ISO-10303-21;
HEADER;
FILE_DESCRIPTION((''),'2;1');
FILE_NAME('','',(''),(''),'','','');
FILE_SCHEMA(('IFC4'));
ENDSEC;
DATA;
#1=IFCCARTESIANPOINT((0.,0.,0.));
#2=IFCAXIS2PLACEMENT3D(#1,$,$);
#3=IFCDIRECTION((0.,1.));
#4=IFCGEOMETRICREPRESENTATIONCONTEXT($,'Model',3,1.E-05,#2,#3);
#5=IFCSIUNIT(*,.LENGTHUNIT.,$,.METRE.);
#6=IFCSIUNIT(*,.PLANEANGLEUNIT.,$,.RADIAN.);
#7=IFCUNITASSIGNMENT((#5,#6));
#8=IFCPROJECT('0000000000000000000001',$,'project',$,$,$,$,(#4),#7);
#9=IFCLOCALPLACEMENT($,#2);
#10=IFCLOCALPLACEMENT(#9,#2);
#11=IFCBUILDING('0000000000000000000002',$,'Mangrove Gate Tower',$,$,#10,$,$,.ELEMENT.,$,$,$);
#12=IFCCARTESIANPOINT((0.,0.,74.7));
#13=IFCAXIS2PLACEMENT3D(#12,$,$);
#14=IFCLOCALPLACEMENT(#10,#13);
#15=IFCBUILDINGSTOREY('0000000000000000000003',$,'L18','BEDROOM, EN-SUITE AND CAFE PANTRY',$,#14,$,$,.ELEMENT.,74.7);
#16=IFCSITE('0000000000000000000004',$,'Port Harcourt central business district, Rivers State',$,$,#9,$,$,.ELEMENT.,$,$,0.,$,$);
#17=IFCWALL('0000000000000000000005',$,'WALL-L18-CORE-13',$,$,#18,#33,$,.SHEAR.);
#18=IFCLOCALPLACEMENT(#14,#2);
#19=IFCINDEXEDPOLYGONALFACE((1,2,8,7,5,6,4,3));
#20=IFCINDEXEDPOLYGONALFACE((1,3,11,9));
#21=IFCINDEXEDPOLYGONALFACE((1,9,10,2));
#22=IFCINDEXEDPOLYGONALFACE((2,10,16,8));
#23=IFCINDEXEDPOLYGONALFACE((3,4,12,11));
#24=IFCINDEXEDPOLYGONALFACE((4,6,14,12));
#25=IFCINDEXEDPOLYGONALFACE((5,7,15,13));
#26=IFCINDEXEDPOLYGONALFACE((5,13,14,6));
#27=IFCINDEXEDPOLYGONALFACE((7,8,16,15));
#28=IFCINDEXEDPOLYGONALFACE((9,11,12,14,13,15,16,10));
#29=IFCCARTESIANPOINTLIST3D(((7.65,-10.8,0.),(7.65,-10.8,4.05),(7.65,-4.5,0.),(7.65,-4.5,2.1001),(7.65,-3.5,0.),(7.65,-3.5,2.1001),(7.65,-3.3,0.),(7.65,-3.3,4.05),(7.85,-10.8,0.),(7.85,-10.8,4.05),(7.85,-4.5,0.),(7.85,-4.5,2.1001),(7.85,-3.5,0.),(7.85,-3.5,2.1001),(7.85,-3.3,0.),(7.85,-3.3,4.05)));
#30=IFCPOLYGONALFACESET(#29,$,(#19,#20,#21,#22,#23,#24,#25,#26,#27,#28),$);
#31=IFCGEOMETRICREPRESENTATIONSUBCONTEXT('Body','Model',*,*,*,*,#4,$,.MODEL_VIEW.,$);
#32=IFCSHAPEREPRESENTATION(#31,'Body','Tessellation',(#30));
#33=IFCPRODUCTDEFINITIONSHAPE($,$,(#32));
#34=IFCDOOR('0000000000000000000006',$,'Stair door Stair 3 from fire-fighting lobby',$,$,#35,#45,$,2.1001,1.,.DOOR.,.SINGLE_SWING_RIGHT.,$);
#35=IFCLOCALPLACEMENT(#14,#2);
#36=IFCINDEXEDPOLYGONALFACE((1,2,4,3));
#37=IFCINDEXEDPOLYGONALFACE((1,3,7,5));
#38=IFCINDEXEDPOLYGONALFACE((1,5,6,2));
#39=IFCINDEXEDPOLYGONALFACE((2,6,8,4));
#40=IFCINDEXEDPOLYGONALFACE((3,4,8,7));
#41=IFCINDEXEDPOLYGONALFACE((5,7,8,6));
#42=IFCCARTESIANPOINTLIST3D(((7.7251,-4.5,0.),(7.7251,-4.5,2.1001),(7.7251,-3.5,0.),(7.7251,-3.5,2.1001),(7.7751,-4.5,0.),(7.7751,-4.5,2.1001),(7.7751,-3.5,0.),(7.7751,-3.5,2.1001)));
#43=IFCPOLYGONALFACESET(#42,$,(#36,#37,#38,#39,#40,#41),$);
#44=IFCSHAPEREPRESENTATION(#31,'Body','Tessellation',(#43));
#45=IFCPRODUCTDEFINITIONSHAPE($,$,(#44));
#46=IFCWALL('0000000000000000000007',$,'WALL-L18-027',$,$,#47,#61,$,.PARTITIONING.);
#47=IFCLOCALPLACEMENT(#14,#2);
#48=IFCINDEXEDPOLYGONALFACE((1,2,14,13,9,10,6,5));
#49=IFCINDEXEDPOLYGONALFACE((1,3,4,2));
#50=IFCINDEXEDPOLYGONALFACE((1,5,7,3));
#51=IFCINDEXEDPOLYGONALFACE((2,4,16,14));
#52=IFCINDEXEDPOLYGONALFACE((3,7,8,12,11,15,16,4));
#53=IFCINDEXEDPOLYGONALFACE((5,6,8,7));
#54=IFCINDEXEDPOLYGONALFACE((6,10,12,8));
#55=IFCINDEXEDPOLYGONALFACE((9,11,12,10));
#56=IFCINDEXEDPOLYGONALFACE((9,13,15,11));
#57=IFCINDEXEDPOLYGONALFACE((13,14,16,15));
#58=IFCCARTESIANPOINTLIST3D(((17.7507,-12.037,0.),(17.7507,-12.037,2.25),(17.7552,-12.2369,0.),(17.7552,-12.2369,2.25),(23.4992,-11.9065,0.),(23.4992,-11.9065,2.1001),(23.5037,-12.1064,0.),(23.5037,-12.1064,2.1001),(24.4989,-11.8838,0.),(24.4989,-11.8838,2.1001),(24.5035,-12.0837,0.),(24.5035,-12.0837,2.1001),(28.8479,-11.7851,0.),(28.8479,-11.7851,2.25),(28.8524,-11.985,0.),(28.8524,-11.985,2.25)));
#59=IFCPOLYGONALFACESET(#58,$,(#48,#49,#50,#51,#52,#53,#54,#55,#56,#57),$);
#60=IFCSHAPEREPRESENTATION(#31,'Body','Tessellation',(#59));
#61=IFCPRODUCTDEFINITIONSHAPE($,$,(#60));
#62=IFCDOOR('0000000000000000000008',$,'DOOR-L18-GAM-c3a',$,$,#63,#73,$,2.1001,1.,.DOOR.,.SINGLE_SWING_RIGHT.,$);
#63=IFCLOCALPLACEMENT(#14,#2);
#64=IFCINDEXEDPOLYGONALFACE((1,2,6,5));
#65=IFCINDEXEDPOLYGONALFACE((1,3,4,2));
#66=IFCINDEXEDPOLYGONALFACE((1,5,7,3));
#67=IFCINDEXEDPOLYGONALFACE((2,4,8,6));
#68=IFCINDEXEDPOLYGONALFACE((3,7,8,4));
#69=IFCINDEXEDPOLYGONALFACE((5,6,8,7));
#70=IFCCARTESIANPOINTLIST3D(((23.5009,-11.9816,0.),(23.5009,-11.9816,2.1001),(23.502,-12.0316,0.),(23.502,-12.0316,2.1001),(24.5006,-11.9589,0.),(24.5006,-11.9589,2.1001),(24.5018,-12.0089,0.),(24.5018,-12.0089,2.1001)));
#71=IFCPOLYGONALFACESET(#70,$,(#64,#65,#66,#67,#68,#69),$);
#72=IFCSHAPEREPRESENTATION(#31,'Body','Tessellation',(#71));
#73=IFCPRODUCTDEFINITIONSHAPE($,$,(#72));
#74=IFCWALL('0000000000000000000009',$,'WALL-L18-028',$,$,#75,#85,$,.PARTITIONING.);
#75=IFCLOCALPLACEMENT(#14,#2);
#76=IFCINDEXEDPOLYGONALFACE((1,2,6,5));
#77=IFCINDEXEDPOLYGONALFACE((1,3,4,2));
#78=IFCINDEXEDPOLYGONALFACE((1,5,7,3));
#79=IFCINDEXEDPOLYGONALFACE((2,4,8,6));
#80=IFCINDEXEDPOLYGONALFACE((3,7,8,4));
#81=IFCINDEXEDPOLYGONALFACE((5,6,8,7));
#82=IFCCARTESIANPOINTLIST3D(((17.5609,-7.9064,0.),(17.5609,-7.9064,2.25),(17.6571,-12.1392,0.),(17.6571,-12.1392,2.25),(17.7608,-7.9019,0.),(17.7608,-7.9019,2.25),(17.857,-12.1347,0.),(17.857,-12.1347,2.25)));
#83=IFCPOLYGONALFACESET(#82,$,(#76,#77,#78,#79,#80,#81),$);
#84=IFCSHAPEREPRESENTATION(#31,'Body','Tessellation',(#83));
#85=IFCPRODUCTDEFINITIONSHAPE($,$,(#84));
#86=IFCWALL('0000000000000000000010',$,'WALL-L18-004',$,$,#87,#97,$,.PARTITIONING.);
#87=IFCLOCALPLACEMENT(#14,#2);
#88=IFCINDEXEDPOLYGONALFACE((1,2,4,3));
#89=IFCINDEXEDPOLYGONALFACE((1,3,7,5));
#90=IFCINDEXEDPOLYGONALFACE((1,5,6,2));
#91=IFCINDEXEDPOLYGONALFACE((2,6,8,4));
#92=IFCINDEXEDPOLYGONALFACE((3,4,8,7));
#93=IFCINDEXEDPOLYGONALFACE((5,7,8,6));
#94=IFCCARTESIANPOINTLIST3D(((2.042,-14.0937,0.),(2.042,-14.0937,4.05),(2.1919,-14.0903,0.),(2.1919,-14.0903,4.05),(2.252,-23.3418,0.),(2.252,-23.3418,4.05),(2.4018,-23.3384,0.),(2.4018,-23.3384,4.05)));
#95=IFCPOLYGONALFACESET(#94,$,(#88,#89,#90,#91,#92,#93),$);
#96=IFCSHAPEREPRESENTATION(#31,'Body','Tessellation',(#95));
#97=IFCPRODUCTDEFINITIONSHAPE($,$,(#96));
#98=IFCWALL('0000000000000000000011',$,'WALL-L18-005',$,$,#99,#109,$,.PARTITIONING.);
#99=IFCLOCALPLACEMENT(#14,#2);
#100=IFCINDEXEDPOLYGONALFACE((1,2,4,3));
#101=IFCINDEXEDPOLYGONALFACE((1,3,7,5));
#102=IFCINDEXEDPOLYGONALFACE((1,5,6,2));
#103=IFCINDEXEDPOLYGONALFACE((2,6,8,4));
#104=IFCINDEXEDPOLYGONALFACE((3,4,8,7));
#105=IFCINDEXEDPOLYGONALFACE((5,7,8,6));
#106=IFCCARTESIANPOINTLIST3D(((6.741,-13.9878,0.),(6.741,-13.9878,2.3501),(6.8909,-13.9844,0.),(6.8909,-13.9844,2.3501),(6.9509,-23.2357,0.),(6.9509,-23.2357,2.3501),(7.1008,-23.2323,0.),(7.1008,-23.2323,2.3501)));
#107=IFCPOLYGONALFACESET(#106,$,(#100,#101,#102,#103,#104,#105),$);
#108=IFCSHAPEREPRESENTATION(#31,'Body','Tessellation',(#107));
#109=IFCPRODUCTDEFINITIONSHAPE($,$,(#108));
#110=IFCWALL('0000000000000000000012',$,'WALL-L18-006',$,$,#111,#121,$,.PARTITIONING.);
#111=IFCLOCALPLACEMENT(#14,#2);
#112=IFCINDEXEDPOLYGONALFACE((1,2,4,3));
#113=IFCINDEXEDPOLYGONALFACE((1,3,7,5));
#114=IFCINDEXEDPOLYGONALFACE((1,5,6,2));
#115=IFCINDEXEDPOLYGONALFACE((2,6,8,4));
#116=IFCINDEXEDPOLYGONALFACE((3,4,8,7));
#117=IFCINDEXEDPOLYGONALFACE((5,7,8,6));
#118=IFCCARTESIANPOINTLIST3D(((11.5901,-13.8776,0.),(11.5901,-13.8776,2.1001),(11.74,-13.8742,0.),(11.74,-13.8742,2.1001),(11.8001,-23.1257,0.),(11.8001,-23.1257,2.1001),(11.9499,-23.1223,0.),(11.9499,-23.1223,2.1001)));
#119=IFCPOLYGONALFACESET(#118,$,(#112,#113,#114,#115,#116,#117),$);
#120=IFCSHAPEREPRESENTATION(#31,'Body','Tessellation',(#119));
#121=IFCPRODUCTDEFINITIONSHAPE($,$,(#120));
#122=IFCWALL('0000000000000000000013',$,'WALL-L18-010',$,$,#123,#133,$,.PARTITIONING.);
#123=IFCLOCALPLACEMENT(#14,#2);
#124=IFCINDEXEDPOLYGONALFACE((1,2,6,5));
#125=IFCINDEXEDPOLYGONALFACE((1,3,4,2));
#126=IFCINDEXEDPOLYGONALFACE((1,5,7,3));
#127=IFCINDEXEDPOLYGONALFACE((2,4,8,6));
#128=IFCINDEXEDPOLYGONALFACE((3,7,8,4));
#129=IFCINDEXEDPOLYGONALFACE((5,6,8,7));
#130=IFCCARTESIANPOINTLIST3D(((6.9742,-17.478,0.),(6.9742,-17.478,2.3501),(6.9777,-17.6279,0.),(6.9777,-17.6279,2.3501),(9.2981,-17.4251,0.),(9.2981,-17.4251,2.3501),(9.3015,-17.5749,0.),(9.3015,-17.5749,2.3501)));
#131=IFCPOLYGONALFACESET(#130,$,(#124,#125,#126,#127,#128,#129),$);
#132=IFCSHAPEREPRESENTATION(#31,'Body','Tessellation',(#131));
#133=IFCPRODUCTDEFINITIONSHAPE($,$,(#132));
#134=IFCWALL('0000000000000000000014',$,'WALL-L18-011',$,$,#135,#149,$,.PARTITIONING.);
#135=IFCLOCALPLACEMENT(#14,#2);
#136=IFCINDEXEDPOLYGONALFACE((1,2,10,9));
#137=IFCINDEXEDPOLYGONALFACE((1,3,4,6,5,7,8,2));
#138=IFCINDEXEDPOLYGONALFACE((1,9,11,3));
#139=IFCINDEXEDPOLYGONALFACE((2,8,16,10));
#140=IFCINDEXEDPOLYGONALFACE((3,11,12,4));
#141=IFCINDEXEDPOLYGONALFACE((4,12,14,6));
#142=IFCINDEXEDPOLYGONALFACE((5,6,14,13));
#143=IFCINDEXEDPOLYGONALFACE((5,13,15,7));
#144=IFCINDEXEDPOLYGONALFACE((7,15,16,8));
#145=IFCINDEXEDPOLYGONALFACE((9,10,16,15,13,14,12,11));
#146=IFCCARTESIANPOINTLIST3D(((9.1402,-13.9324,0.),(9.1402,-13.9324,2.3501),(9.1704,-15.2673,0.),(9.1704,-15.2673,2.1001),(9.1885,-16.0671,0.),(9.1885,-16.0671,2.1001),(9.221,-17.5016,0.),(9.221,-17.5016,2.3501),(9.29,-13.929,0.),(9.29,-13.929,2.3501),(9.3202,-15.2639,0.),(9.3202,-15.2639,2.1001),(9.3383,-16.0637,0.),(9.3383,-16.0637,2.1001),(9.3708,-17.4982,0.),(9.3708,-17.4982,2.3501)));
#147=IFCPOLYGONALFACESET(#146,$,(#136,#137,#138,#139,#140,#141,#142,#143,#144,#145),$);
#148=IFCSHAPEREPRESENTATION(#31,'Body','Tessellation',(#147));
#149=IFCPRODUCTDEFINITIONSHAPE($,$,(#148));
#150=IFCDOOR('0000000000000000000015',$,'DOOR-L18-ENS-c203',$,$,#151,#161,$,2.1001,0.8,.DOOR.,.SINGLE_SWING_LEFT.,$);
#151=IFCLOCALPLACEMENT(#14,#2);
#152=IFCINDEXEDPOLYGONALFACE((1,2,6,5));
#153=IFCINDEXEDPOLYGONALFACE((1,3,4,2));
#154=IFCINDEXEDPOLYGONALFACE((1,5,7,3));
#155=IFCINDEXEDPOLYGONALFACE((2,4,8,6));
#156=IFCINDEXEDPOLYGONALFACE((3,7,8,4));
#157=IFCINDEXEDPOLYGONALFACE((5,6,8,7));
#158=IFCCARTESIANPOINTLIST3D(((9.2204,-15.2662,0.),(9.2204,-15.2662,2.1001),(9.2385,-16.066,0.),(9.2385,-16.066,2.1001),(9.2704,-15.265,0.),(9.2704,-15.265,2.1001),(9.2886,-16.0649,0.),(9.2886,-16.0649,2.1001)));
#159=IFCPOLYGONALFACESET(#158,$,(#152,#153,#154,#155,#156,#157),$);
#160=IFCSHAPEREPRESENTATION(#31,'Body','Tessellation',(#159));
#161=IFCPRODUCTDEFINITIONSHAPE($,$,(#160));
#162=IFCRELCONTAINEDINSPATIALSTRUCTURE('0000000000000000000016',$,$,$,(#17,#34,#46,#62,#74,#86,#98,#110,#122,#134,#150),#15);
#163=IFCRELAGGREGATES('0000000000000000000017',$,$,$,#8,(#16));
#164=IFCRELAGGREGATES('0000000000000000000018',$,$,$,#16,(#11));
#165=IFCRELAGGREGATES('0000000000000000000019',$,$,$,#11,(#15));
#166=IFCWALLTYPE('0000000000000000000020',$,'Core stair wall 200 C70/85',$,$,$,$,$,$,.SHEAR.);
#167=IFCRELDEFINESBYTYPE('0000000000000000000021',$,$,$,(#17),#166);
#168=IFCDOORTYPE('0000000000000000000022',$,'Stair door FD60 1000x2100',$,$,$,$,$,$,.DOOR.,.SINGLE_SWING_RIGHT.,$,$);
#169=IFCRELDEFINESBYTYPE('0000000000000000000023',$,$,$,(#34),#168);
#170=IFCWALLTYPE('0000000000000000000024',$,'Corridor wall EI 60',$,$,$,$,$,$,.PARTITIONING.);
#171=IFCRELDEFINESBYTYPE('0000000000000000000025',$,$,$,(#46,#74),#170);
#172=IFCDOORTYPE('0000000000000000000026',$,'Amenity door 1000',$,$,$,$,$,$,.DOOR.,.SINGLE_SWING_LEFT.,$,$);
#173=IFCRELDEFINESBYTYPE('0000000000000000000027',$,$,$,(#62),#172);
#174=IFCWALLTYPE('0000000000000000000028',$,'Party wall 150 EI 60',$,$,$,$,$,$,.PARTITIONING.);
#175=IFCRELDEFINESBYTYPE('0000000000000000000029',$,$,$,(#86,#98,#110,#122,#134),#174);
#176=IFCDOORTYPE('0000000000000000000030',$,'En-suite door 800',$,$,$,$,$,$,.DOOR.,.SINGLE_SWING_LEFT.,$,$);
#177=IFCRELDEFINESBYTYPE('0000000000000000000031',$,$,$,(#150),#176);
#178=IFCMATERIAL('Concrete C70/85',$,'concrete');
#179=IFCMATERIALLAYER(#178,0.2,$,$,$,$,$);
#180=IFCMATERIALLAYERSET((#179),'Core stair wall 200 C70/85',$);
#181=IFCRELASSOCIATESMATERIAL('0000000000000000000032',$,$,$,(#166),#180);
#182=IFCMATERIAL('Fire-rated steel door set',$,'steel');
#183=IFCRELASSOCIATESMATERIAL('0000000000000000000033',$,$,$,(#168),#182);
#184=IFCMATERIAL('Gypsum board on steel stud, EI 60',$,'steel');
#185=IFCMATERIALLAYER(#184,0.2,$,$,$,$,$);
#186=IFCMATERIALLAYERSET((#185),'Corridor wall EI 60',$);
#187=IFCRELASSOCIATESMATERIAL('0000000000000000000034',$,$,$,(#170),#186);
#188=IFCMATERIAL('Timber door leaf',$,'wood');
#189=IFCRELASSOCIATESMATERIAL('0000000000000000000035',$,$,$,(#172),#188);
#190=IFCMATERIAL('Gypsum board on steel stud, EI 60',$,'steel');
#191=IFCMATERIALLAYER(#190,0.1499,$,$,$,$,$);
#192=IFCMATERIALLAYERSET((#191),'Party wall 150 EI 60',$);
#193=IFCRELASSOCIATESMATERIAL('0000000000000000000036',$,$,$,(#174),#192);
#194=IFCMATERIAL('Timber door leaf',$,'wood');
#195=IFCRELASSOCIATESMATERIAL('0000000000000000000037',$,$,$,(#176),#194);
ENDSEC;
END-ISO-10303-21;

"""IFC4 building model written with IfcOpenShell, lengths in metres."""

from ifc_helpers import new_model, si_unit, direction, frame, frame_2d, origin, place, context, subcontext, project, spatial, rectangle, extrude, material, layer, layer_set, type_object, element, fill, save


model = new_model("IFC4")

# Units and contexts
model_context = context("Model", 3, precision=1e-05, world=origin(), true_north=direction((0.0, 1.0)))
body_context = subcontext(model_context, "Body", "Model", "MODEL_VIEW")
ifc_project = project(units=[si_unit("LENGTHUNIT", "METRE"), si_unit("PLANEANGLEUNIT", "RADIAN")], contexts=[model_context])

# Site, building, storey
site_placement = place(None, origin())
site = spatial("IfcSite", under=ifc_project, at=site_placement, Name="Port Harcourt central business district, Rivers State", CompositionType="ELEMENT", RefElevation=0.0)
building_placement = place(site_placement, origin())
building = spatial("IfcBuilding", under=site, at=building_placement, Name="Mangrove Gate Tower", CompositionType="ELEMENT")
storey_placement = place(building_placement, frame((0.0, 0.0, 74.7)))
storey = spatial("IfcBuildingStorey", under=building, at=storey_placement, Name="L18", Description="BEDROOM, EN-SUITE AND CAFE PANTRY", CompositionType="ELEMENT", Elevation=74.7)

# Walls, openings, doors
ifc_material_1 = material(Name="Concrete C70/85", Category="concrete")
ifc_layer_1 = layer(ifc_material_1, 0.2)
ifc_layer_set_1 = layer_set([ifc_layer_1], Name="Core stair wall 200 C70/85")
wall_type_1 = type_object("IfcWallType", Name="Core stair wall 200 C70/85", PredefinedType="SHEAR", material=ifc_layer_set_1)
ifc_material_2 = material(Name="Fire-rated steel door set", Category="steel")
door_type_1 = type_object("IfcDoorType", Name="Stair door FD60 1000x2100", OperationType="SINGLE_SWING_RIGHT", PredefinedType="DOOR", material=ifc_material_2)
wall_1_placement = place(storey_placement, frame((7.75, -10.8, 0.0), z_axis=(0.0, 0.0, 1.0), x_axis=(0.0, 1.0, 0.0)))
wall_1 = element("IfcWall", 1, at=wall_1_placement, inside=storey, type_object=wall_type_1, Name="WALL-L18-CORE-13", PredefinedType="SHEAR", context=body_context, shape_type="SweptSolid", body=[
    extrude(rectangle(XDim=7.5, YDim=0.2, at=frame_2d((3.75, 0.0))), origin(), (0.0, 0.0, 1.0), 4.05),
])
opening_1_placement = place(wall_1_placement, frame((6.3, 0.0, 0.0)))
opening_1 = element("IfcOpeningElement", 2, at=opening_1_placement, cuts=wall_1, PredefinedType="OPENING", context=body_context, shape_type="SweptSolid", body=[
    extrude(rectangle(XDim=1.0, YDim=2.1001, at=frame_2d((0.5, 1.05))), frame((0.0, 0.1099, 0.0), z_axis=(0.0, -1.0, 0.0), x_axis=(1.0, 0.0, 0.0)), (0.0, 0.0, 1.0), 0.22),
])
door_1_placement = place(opening_1_placement, origin())
door_1 = element("IfcDoor", 3, at=door_1_placement, inside=storey, type_object=door_type_1, Name="Stair door Stair 3 from fire-fighting lobby", OperationType="SINGLE_SWING_RIGHT", OverallHeight=2.1001, OverallWidth=1.0, PredefinedType="DOOR", context=body_context, shape_type="SweptSolid", body=[
    extrude(rectangle(XDim=1.0, YDim=2.1001, at=frame_2d((0.5, 1.05))), frame((0.0, 0.0249, 0.0), z_axis=(0.0, -1.0, 0.0), x_axis=(1.0, 0.0, 0.0)), (0.0, 0.0, 1.0), 0.05),
])
fill(opening_1, door_1)
ifc_material_3 = material(Name="Gypsum board on steel stud, EI 60", Category="steel")
ifc_layer_2 = layer(ifc_material_3, 0.2)
ifc_layer_set_2 = layer_set([ifc_layer_2], Name="Corridor wall EI 60")
wall_type_2 = type_object("IfcWallType", Name="Corridor wall EI 60", PredefinedType="PARTITIONING", material=ifc_layer_set_2)
wall_2_placement = place(storey_placement, frame((17.7529, -12.137, 0.0), z_axis=(0.0, 0.0, 1.0), x_axis=(0.999742, 0.022698, 0.0)))
wall_2 = element("IfcWall", 4, at=wall_2_placement, inside=storey, type_object=wall_type_2, Name="WALL-L18-027", PredefinedType="PARTITIONING", context=body_context, shape_type="SweptSolid", body=[
    extrude(rectangle(XDim=11.1001, YDim=0.2, at=frame_2d((5.55, 0.0))), origin(), (0.0, 0.0, 1.0), 2.25),
])
opening_2_placement = place(wall_2_placement, frame((5.75, 0.0, 0.0)))
opening_2 = element("IfcOpeningElement", 5, at=opening_2_placement, cuts=wall_2, PredefinedType="OPENING", context=body_context, shape_type="SweptSolid", body=[
    extrude(rectangle(XDim=1.0, YDim=2.1001, at=frame_2d((0.5, 1.05))), frame((0.0, 0.1099, 0.0), z_axis=(0.0, -1.0, 0.0), x_axis=(1.0, 0.0, 0.0)), (0.0, 0.0, 1.0), 0.22),
])
ifc_material_4 = material(Name="Timber door leaf", Category="wood")
door_type_2 = type_object("IfcDoorType", Name="Amenity door 1000", OperationType="SINGLE_SWING_LEFT", PredefinedType="DOOR", material=ifc_material_4)
door_2_placement = place(opening_2_placement, origin())
door_2 = element("IfcDoor", 6, at=door_2_placement, inside=storey, type_object=door_type_2, Name="DOOR-L18-GAM-c3a", OperationType="SINGLE_SWING_RIGHT", OverallHeight=2.1001, OverallWidth=1.0, PredefinedType="DOOR", context=body_context, shape_type="SweptSolid", body=[
    extrude(rectangle(XDim=1.0, YDim=2.1001, at=frame_2d((0.5, 1.05))), frame((0.0, 0.0249, 0.0), z_axis=(0.0, -1.0, 0.0), x_axis=(1.0, 0.0, 0.0)), (0.0, 0.0, 1.0), 0.05),
])
fill(opening_2, door_2)

# Walls
wall_3_placement = place(storey_placement, frame((17.7571, -12.137, 0.0), z_axis=(0.0, 0.0, 1.0), x_axis=(-0.022719, 0.999742, 0.0)))
element("IfcWall", 7, at=wall_3_placement, inside=storey, type_object=wall_type_2, Name="WALL-L18-028", PredefinedType="PARTITIONING", context=body_context, shape_type="SweptSolid", body=[
    extrude(rectangle(XDim=4.2339, YDim=0.2, at=frame_2d((2.1169, 0.0))), origin(), (0.0, 0.0, 1.0), 2.25),
])
ifc_material_5 = material(Name="Gypsum board on steel stud, EI 60", Category="steel")
ifc_layer_3 = layer(ifc_material_5, 0.1499)
ifc_layer_set_3 = layer_set([ifc_layer_3], Name="Party wall 150 EI 60")
wall_type_3 = type_object("IfcWallType", Name="Party wall 150 EI 60", PredefinedType="PARTITIONING", material=ifc_layer_set_3)
wall_4_placement = place(storey_placement, frame((2.3269, -23.3401, 0.0), z_axis=(0.0, 0.0, 1.0), x_axis=(-0.022697, 0.999742, 0.0)))
element("IfcWall", 8, at=wall_4_placement, inside=storey, type_object=wall_type_3, Name="WALL-L18-004", PredefinedType="PARTITIONING", context=body_context, shape_type="SweptSolid", body=[
    extrude(rectangle(XDim=9.2505, YDim=0.1499, at=frame_2d((4.6252, 0.0))), origin(), (0.0, 0.0, 1.0), 4.05),
])
wall_5_placement = place(storey_placement, frame((7.0259, -23.2339, 0.0), z_axis=(0.0, 0.0, 1.0), x_axis=(-0.022698, 0.999742, 0.0)))
element("IfcWall", 9, at=wall_5_placement, inside=storey, type_object=wall_type_3, Name="WALL-L18-005", PredefinedType="PARTITIONING", context=body_context, shape_type="SweptSolid", body=[
    extrude(rectangle(XDim=9.2502, YDim=0.1499, at=frame_2d((4.625, 0.0))), origin(), (0.0, 0.0, 1.0), 2.3501),
])
wall_6_placement = place(storey_placement, frame((11.875, -23.124, 0.0), z_axis=(0.0, 0.0, 1.0), x_axis=(-0.022697, 0.999742, 0.0)))
element("IfcWall", 10, at=wall_6_placement, inside=storey, type_object=wall_type_3, Name="WALL-L18-006", PredefinedType="PARTITIONING", context=body_context, shape_type="SweptSolid", body=[
    extrude(rectangle(XDim=9.2505, YDim=0.1499, at=frame_2d((4.6252, 0.0))), origin(), (0.0, 0.0, 1.0), 2.1001),
])
wall_7_placement = place(storey_placement, frame((6.9761, -17.553, 0.0), z_axis=(0.0, 0.0, 1.0), x_axis=(0.99974, 0.022791, 0.0)))
element("IfcWall", 11, at=wall_7_placement, inside=storey, type_object=wall_type_3, Name="WALL-L18-010", PredefinedType="PARTITIONING", context=body_context, shape_type="SweptSolid", body=[
    extrude(rectangle(XDim=2.3245, YDim=0.1499, at=frame_2d((1.1621, 0.0))), origin(), (0.0, 0.0, 1.0), 2.3501),
])

# Wall, opening, door
wall_8_placement = place(storey_placement, frame((9.2959, -17.5, 0.0), z_axis=(0.0, 0.0, 1.0), x_axis=(-0.022636, 0.999744, 0.0)))
wall_8 = element("IfcWall", 12, at=wall_8_placement, inside=storey, type_object=wall_type_3, Name="WALL-L18-011", PredefinedType="PARTITIONING", context=body_context, shape_type="SweptSolid", body=[
    extrude(rectangle(XDim=3.5701, YDim=0.1499, at=frame_2d((1.7852, 0.0))), origin(), (0.0, 0.0, 1.0), 2.3501),
])
opening_3_placement = place(wall_8_placement, frame((1.4351, 0.0, 0.0)))
opening_3 = element("IfcOpeningElement", 13, at=opening_3_placement, cuts=wall_8, PredefinedType="OPENING", context=body_context, shape_type="SweptSolid", body=[
    extrude(rectangle(XDim=0.8, YDim=2.1001, at=frame_2d((0.3999, 1.05))), frame((0.0, 0.085, 0.0), z_axis=(0.0, -1.0, 0.0), x_axis=(1.0, 0.0, 0.0)), (0.0, 0.0, 1.0), 0.1699),
])
ifc_material_6 = material(Name="Timber door leaf", Category="wood")
door_type_3 = type_object("IfcDoorType", Name="En-suite door 800", OperationType="SINGLE_SWING_LEFT", PredefinedType="DOOR", material=ifc_material_6)
door_3_placement = place(opening_3_placement, origin())
door_3 = element("IfcDoor", 14, at=door_3_placement, inside=storey, type_object=door_type_3, Name="DOOR-L18-ENS-c203", OperationType="SINGLE_SWING_LEFT", OverallHeight=2.1001, OverallWidth=0.8, PredefinedType="DOOR", context=body_context, shape_type="SweptSolid", body=[
    extrude(rectangle(XDim=0.8, YDim=2.1001, at=frame_2d((0.3999, 1.05))), frame((0.0, 0.0249, 0.0), z_axis=(0.0, -1.0, 0.0), x_axis=(1.0, 0.0, 0.0)), (0.0, 0.0, 1.0), 0.05),
])
fill(opening_3, door_3)

save(model, "model.ifc")
